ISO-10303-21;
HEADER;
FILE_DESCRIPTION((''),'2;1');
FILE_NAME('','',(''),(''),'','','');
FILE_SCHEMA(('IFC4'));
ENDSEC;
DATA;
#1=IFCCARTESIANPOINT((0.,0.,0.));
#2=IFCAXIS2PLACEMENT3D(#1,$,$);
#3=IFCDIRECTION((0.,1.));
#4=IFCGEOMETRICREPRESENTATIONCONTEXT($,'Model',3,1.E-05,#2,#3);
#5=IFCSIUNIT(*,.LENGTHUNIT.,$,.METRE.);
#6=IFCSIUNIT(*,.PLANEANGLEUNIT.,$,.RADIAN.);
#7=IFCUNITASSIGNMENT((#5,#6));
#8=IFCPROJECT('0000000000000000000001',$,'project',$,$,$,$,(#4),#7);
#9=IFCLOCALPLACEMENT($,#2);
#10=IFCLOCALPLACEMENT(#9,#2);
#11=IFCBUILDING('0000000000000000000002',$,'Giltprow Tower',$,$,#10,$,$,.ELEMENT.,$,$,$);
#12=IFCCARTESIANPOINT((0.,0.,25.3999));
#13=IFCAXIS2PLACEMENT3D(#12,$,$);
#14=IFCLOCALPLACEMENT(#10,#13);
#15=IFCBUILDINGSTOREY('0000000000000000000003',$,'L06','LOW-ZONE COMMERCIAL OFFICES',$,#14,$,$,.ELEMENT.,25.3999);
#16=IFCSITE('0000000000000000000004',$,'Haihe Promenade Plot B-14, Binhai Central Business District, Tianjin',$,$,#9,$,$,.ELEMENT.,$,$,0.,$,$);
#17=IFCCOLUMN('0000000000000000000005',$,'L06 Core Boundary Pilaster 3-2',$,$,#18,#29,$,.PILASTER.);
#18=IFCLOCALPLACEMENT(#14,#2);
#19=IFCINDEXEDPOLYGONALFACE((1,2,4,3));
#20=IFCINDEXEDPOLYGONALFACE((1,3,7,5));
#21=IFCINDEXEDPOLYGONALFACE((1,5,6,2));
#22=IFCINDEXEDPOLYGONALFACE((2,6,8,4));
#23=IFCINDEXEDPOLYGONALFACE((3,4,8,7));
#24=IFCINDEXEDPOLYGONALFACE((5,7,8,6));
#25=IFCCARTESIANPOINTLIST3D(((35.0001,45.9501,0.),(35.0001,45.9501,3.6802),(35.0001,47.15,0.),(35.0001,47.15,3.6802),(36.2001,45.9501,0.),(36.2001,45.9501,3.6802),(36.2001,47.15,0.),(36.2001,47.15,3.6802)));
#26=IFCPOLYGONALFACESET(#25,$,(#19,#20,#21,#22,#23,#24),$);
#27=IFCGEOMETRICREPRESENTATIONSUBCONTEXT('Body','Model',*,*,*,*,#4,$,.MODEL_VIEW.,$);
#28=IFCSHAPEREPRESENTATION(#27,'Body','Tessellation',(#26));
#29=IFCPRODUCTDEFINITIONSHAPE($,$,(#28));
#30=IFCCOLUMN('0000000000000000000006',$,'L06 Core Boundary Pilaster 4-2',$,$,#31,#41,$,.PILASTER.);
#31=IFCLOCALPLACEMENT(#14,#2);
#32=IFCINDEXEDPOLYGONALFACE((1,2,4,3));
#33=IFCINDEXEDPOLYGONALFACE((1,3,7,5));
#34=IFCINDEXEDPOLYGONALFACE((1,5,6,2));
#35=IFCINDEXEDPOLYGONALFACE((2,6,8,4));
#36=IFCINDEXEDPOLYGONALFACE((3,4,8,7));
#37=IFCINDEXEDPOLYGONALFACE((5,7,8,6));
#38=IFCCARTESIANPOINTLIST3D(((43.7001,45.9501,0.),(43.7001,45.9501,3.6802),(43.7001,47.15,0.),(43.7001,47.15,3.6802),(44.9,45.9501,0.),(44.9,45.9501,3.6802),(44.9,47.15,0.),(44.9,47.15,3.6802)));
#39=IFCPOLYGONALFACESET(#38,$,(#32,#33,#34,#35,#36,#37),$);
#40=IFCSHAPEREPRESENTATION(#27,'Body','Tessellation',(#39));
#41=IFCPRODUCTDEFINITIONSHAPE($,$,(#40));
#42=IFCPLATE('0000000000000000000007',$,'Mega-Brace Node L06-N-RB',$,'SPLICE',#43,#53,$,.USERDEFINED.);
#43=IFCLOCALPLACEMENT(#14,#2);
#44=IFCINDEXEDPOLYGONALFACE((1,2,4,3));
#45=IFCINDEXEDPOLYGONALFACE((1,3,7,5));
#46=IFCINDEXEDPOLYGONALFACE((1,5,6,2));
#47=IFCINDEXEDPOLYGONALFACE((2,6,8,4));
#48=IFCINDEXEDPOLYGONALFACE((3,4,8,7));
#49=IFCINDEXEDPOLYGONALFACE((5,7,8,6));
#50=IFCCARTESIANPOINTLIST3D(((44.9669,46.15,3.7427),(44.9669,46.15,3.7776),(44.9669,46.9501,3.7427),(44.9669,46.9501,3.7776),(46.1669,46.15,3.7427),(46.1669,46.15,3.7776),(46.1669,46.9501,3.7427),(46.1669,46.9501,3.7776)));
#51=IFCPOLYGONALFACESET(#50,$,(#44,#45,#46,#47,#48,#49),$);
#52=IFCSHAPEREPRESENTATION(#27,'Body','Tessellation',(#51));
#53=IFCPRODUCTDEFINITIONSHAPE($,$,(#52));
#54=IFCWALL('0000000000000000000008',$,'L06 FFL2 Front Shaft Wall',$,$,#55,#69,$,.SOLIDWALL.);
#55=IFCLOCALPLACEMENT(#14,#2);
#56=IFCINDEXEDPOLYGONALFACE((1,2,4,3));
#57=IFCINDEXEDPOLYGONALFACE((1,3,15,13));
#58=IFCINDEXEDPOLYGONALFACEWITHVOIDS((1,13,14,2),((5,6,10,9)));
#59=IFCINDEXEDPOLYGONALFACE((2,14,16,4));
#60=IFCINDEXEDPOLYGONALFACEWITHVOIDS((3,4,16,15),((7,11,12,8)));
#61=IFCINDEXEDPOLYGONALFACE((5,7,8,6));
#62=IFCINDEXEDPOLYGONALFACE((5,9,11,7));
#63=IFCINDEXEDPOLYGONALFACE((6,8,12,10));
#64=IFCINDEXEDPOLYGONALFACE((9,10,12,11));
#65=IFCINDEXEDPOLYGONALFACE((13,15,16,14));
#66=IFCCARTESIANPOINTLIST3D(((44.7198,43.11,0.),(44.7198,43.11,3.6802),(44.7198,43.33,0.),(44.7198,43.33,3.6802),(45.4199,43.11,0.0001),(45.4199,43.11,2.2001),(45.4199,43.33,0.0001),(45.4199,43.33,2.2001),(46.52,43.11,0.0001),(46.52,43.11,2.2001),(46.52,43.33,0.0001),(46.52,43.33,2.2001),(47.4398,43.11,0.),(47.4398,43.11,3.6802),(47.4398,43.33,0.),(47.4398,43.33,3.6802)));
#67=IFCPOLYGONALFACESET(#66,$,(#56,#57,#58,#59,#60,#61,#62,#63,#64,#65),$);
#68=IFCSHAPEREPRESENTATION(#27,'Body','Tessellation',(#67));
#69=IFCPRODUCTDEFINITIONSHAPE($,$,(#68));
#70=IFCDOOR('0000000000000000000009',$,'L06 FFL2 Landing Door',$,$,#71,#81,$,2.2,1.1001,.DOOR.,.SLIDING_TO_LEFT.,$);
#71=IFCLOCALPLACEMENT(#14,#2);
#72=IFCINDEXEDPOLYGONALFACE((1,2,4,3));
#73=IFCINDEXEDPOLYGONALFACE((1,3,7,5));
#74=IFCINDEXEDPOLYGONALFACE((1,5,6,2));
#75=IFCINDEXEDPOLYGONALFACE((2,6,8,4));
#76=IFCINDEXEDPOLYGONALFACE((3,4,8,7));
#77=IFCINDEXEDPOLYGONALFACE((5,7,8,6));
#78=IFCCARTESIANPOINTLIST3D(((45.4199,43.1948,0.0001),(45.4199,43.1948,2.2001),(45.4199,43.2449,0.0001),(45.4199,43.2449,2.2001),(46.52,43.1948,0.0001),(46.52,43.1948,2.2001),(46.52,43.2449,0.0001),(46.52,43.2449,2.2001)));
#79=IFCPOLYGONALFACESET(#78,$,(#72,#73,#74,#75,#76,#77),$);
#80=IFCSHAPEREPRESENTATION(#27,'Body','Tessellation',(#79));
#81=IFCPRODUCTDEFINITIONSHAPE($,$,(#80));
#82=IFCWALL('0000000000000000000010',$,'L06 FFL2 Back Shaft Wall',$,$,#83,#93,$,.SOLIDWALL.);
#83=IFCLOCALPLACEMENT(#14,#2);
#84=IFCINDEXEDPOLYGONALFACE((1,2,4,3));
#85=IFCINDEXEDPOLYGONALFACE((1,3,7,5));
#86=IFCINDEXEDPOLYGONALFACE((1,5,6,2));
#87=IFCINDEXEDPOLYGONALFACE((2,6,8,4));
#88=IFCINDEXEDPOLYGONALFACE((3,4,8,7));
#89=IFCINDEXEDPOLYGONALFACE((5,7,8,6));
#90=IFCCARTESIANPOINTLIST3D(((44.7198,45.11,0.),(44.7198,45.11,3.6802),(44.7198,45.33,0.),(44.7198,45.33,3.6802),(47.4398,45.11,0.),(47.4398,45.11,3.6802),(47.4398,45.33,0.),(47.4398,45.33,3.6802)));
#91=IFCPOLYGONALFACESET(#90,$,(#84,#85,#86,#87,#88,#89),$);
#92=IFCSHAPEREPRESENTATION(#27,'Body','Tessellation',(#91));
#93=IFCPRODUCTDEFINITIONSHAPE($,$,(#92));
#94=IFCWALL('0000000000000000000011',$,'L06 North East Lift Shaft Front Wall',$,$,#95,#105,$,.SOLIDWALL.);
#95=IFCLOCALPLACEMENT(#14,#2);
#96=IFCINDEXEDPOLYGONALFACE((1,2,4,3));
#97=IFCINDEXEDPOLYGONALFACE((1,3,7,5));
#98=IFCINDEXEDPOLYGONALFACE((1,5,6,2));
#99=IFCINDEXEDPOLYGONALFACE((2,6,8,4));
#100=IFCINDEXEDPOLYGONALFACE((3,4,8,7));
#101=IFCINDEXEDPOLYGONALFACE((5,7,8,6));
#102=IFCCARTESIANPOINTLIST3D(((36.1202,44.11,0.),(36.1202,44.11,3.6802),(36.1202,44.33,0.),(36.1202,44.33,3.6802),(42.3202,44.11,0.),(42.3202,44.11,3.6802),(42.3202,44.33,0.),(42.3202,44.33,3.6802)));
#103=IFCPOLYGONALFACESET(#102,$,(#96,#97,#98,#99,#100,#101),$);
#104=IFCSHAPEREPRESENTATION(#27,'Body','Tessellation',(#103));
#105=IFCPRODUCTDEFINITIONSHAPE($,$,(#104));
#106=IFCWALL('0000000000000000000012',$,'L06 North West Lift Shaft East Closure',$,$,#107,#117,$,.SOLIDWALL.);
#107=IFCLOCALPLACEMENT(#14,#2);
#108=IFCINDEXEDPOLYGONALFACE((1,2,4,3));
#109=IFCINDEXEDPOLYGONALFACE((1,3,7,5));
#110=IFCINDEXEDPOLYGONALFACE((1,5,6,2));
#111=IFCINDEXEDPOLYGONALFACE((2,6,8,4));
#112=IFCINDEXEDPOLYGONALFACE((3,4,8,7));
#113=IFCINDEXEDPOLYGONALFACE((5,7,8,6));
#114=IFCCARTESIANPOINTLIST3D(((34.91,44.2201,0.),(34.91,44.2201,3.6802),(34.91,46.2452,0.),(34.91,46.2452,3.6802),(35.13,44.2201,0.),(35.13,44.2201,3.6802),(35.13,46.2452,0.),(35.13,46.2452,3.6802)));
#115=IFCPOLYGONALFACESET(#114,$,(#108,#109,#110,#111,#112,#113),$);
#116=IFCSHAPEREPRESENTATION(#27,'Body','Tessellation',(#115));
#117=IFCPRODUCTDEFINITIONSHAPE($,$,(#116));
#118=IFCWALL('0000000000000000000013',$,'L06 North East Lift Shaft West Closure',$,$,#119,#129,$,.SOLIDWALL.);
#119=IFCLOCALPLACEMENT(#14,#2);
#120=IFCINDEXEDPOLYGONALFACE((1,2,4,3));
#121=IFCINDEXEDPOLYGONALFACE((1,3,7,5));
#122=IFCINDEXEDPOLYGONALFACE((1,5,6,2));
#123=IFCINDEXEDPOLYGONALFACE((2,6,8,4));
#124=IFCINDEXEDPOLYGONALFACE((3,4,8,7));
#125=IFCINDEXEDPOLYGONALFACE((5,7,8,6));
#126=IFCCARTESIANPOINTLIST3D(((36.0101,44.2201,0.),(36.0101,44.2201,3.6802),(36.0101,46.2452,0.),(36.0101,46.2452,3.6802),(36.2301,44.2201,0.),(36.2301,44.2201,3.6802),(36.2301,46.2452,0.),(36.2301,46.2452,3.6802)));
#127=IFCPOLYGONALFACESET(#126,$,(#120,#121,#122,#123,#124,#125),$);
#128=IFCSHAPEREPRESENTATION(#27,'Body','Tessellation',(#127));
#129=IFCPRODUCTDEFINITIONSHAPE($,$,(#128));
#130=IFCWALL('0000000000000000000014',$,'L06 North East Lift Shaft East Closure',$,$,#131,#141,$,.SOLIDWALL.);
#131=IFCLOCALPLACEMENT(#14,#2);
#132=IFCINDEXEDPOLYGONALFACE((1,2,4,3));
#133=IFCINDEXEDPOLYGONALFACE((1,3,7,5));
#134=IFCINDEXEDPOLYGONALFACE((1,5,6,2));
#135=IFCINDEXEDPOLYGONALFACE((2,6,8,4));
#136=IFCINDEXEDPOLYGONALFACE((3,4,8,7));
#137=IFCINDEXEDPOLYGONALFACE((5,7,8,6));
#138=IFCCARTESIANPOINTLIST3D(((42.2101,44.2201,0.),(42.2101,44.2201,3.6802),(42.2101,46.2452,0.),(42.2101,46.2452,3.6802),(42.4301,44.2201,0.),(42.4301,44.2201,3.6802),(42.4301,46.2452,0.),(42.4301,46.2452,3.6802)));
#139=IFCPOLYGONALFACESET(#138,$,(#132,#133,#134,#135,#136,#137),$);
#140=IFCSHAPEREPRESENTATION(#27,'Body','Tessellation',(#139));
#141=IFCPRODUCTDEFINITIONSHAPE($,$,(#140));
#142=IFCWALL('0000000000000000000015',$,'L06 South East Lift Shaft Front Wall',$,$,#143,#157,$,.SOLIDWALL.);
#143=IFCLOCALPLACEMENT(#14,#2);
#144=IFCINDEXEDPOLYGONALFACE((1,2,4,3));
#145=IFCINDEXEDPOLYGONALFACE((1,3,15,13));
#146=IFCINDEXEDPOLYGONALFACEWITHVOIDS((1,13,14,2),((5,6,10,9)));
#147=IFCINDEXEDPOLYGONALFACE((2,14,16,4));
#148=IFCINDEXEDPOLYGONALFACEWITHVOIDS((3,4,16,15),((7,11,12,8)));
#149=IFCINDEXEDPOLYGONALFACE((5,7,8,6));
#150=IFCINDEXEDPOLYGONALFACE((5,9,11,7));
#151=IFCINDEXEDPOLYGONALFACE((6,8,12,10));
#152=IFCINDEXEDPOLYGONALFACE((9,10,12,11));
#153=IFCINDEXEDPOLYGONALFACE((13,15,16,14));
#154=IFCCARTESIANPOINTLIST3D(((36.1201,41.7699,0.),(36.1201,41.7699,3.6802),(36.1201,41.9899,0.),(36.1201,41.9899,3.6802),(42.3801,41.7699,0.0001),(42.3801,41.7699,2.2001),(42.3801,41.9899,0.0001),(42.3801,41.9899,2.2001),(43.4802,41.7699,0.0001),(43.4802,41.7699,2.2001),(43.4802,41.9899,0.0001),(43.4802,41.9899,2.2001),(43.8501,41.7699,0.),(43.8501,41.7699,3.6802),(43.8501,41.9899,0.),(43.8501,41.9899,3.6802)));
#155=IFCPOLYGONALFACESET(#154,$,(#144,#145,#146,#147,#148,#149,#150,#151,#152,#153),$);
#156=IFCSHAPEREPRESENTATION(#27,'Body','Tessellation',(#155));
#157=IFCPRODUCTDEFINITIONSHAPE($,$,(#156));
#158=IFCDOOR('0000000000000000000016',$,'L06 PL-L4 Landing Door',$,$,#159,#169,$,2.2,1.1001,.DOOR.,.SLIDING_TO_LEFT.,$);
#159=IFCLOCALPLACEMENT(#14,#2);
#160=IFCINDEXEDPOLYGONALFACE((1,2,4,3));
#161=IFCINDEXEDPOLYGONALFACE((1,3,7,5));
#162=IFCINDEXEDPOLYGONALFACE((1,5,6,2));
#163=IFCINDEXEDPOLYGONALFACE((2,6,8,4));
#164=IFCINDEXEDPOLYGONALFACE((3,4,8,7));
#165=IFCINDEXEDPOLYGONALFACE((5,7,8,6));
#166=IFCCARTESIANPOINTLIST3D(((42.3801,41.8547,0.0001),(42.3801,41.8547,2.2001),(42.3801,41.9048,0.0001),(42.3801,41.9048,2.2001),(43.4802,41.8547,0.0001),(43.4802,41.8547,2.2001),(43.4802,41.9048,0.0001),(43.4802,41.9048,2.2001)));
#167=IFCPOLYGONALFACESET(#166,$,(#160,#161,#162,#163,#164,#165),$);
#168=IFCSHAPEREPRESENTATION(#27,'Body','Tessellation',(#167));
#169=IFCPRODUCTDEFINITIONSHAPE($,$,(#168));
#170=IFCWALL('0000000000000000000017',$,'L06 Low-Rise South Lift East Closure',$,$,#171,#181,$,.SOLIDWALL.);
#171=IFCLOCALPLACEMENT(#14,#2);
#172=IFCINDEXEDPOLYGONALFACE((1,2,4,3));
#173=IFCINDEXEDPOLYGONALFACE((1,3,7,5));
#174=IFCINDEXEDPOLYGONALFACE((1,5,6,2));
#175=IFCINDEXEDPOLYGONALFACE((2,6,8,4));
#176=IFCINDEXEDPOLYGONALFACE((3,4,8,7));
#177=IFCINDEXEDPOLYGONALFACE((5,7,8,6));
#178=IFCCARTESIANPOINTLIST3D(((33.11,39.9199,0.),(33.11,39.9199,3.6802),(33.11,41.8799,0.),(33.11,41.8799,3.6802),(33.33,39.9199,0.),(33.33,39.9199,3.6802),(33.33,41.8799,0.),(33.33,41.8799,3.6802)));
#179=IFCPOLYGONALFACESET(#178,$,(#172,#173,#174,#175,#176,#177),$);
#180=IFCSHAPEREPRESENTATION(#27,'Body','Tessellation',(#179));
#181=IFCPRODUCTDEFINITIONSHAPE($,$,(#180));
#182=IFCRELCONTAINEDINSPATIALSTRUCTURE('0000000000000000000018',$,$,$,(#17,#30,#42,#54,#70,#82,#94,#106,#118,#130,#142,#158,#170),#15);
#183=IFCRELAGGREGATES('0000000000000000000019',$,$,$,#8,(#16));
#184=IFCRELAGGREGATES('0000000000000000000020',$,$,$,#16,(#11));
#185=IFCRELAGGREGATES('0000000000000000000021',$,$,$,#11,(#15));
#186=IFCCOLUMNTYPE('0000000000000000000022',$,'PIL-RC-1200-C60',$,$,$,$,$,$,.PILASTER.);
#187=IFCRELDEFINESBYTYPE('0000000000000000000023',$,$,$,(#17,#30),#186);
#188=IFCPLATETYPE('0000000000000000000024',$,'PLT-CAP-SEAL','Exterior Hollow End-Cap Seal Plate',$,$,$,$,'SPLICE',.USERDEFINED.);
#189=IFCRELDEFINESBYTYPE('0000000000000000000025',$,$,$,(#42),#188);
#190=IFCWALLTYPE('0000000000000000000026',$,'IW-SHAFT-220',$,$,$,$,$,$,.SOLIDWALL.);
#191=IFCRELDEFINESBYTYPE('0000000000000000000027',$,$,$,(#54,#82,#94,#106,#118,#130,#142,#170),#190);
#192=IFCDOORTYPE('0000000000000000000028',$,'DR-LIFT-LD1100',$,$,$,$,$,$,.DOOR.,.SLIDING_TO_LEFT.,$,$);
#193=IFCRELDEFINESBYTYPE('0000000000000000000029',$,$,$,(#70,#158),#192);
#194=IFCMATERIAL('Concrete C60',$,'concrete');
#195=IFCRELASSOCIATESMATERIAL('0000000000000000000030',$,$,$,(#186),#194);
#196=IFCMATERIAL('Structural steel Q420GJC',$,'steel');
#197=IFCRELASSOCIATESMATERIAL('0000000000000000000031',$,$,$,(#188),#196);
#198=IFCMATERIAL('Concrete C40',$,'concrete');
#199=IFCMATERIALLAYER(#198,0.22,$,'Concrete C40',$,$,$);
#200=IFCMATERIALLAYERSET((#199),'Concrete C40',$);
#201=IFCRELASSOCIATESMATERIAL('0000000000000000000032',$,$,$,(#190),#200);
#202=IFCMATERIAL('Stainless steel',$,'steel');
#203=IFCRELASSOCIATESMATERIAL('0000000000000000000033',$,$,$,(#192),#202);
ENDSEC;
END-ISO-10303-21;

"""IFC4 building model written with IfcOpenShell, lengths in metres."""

from ifc_helpers import new_model, si_unit, direction, frame, frame_2d, origin, origin_2d, place, context, subcontext, project, spatial, rectangle, extrude, source, transform, mapped, material, layer, layer_set, material_profile, profile_set, type_object, element, fill, save


model = new_model("IFC4")

# Units and contexts
model_context = context("Model", 3, precision=1e-05, world=origin(), true_north=direction((0.0, 1.0)))
body_context = subcontext(model_context, "Body", "Model", "MODEL_VIEW")
ifc_project = project(units=[si_unit("LENGTHUNIT", "METRE"), si_unit("PLANEANGLEUNIT", "RADIAN")], contexts=[model_context])

# Site, building, storey
site_placement = place(None, origin())
site = spatial("IfcSite", under=ifc_project, at=site_placement, Name="Haihe Promenade Plot B-14, Binhai Central Business District, Tianjin", CompositionType="ELEMENT", RefElevation=0.0)
building_placement = place(site_placement, origin())
building = spatial("IfcBuilding", under=site, at=building_placement, Name="Giltprow Tower", CompositionType="ELEMENT")
storey_placement = place(building_placement, frame((0.0, 0.0, 25.3999)))
storey = spatial("IfcBuildingStorey", under=building, at=storey_placement, Name="L06", Description="LOW-ZONE COMMERCIAL OFFICES", CompositionType="ELEMENT", Elevation=25.3999)

# Columns
ifc_material_1 = material(Name="Concrete C60", Category="concrete")
ifc_material_profile = material_profile(ifc_material_1, rectangle(XDim=1.2, YDim=1.2, at=origin_2d()), Name="RC 1200x1200")
ifc_profile_set = profile_set([ifc_material_profile], Name="Concrete C60")
column_type = type_object("IfcColumnType", Name="PIL-RC-1200-C60", PredefinedType="PILASTER", material=ifc_profile_set)
shared_shape_1 = source(origin(), body_context, "Body", "SweptSolid", [
    extrude(rectangle(XDim=1.2, YDim=1.2, at=origin_2d()), origin(), (0.0, 0.0, 1.0), 3.6802),
])
for number, where, z_axis, x_axis, name in (
    (1, (35.6001, 46.55, 0.0), (0.0, 0.0, 1.0), (1.0, 0.0, 0.0), "L06 Core Boundary Pilaster 3-2"),
    (2, (44.3, 46.55, 0.0), (0.0, 0.0, 1.0), (1.0, 0.0, 0.0), "L06 Core Boundary Pilaster 4-2"),
):
    element("IfcColumn", number, at=place(storey_placement, frame(where, z_axis=z_axis, x_axis=x_axis)), inside=storey, type_object=column_type, Name=name, PredefinedType="PILASTER", context=body_context, shape_type="MappedRepresentation", body=[
        mapped(shared_shape_1, transform((0.0, 0.0, 0.0), x_axis=(1.0, 0.0, 0.0), y_axis=(0.0, 1.0, 0.0), z_axis=(0.0, 0.0, 1.0), scale=1.0)),
    ])

# Plate
ifc_material_2 = material(Name="Structural steel Q420GJC", Category="steel")
plate_type = type_object("IfcPlateType", Name="PLT-CAP-SEAL", Description="Exterior Hollow End-Cap Seal Plate", ElementType="SPLICE", PredefinedType="USERDEFINED", material=ifc_material_2)
shared_shape_2 = source(origin(), body_context, "Body", "SweptSolid", [
    extrude(rectangle(XDim=1.2, YDim=0.8, at=origin_2d()), origin(), (0.0, 0.0, 1.0), 0.0349),
])
plate_placement = place(storey_placement, frame((45.5669, 46.55, 3.7427), z_axis=(0.0, 0.0, 1.0), x_axis=(1.0, 0.0, 0.0)))
element("IfcPlate", 3, at=plate_placement, inside=storey, type_object=plate_type, Name="Mega-Brace Node L06-N-RB", ObjectType="SPLICE", PredefinedType="USERDEFINED", context=body_context, shape_type="MappedRepresentation", body=[
    mapped(shared_shape_2, transform((0.0, 0.0, 0.0), x_axis=(1.0, 0.0, 0.0), y_axis=(0.0, 1.0, 0.0), z_axis=(0.0, 0.0, 1.0), scale=1.0)),
])

# Wall, opening, door
ifc_material_3 = material(Name="Concrete C40", Category="concrete")
ifc_layer_1 = layer(ifc_material_3, 0.22, Name="Concrete C40")
ifc_layer_set_1 = layer_set([ifc_layer_1], Name="Concrete C40")
wall_type_1 = type_object("IfcWallType", Name="IW-SHAFT-220", PredefinedType="SOLIDWALL", material=ifc_layer_set_1)
wall_1_placement = place(storey_placement, frame((44.72, 43.22, 0.0), z_axis=(0.0, 0.0, 1.0), x_axis=(1.0, 0.0, 0.0)))
wall_1 = element("IfcWall", 4, at=wall_1_placement, inside=storey, type_object=wall_type_1, Name="L06 FFL2 Front Shaft Wall", PredefinedType="SOLIDWALL", context=body_context, shape_type="SweptSolid", body=[
    extrude(rectangle(XDim=2.72, YDim=0.22, at=frame_2d((1.3599, 0.0))), origin(), (0.0, 0.0, 1.0), 3.6802),
])
opening_1_placement = place(wall_1_placement, frame((0.7, 0.0, 0.0)))
opening_1 = element("IfcOpeningElement", 5, at=opening_1_placement, cuts=wall_1, PredefinedType="OPENING", context=body_context, shape_type="SweptSolid", body=[
    extrude(rectangle(XDim=1.1001, YDim=2.2, at=frame_2d((0.55, 1.1001))), frame((0.0, 0.1199, 0.0), z_axis=(0.0, -1.0, 0.0), x_axis=(1.0, 0.0, 0.0)), (0.0, 0.0, 1.0), 0.24),
])
ifc_material_4 = material(Name="Stainless steel", Category="steel")
door_type = type_object("IfcDoorType", Name="DR-LIFT-LD1100", OperationType="SLIDING_TO_LEFT", PredefinedType="DOOR", material=ifc_material_4)
shared_shape_3 = source(origin(), body_context, "Body", "SweptSolid", [
    extrude(rectangle(XDim=1.1001, YDim=2.2, at=frame_2d((0.55, 1.1001))), frame((0.0, 0.0249, 0.0), z_axis=(0.0, -1.0, 0.0), x_axis=(1.0, 0.0, 0.0)), (0.0, 0.0, 1.0), 0.05),
])
door_1_placement = place(opening_1_placement, origin())
door_1 = element("IfcDoor", 6, at=door_1_placement, inside=storey, type_object=door_type, Name="L06 FFL2 Landing Door", OperationType="SLIDING_TO_LEFT", OverallHeight=2.2, OverallWidth=1.1001, PredefinedType="DOOR", context=body_context, shape_type="MappedRepresentation", body=[
    mapped(shared_shape_3, transform((0.0, 0.0, 0.0), x_axis=(1.0, 0.0, 0.0), y_axis=(0.0, 1.0, 0.0), z_axis=(0.0, 0.0, 1.0), scale=1.0)),
])
fill(opening_1, door_1)

# Walls
wall_2_placement = place(storey_placement, frame((44.72, 45.22, 0.0), z_axis=(0.0, 0.0, 1.0), x_axis=(1.0, 0.0, 0.0)))
element("IfcWall", 7, at=wall_2_placement, inside=storey, type_object=wall_type_1, Name="L06 FFL2 Back Shaft Wall", PredefinedType="SOLIDWALL", context=body_context, shape_type="SweptSolid", body=[
    extrude(rectangle(XDim=2.72, YDim=0.22, at=frame_2d((1.3599, 0.0))), origin(), (0.0, 0.0, 1.0), 3.6802),
])
wall_3_placement = place(storey_placement, frame((36.1201, 44.22, 0.0), z_axis=(0.0, 0.0, 1.0), x_axis=(1.0, 0.0, 0.0)))
element("IfcWall", 8, at=wall_3_placement, inside=storey, type_object=wall_type_1, Name="L06 North East Lift Shaft Front Wall", PredefinedType="SOLIDWALL", context=body_context, shape_type="SweptSolid", body=[
    extrude(rectangle(XDim=6.2, YDim=0.22, at=frame_2d((3.1001, 0.0))), origin(), (0.0, 0.0, 1.0), 3.6802),
])
for number, where, z_axis, x_axis, name in (
    (9, (35.02, 44.22, 0.0), (0.0, 0.0, 1.0), (0.0, 1.0, 0.0), "L06 North West Lift Shaft East Closure"),
    (10, (36.1201, 44.22, 0.0), (0.0, 0.0, 1.0), (0.0, 1.0, 0.0), "L06 North East Lift Shaft West Closure"),
    (11, (42.3201, 44.22, 0.0), (0.0, 0.0, 1.0), (0.0, 1.0, 0.0), "L06 North East Lift Shaft East Closure"),
):
    element("IfcWall", number, at=place(storey_placement, frame(where, z_axis=z_axis, x_axis=x_axis)), inside=storey, type_object=wall_type_1, Name=name, PredefinedType="SOLIDWALL", context=body_context, shape_type="SweptSolid", body=[
        extrude(rectangle(XDim=2.0251, YDim=0.22, at=frame_2d((1.0127, 0.0))), origin(), (0.0, 0.0, 1.0), 3.6802),
    ])

# Wall, opening, door
wall_4_placement = place(storey_placement, frame((36.1201, 41.8799, 0.0), z_axis=(0.0, 0.0, 1.0), x_axis=(1.0, 0.0, 0.0)))
wall_4 = element("IfcWall", 12, at=wall_4_placement, inside=storey, type_object=wall_type_1, Name="L06 South East Lift Shaft Front Wall", PredefinedType="SOLIDWALL", context=body_context, shape_type="SweptSolid", body=[
    extrude(rectangle(XDim=7.73, YDim=0.22, at=frame_2d((3.865, 0.0))), origin(), (0.0, 0.0, 1.0), 3.6802),
])
opening_2_placement = place(wall_4_placement, frame((6.26, 0.0, 0.0)))
opening_2 = element("IfcOpeningElement", 13, at=opening_2_placement, cuts=wall_4, PredefinedType="OPENING", context=body_context, shape_type="SweptSolid", body=[
    extrude(rectangle(XDim=1.1001, YDim=2.2, at=frame_2d((0.55, 1.1001))), frame((0.0, 0.1199, 0.0), z_axis=(0.0, -1.0, 0.0), x_axis=(1.0, 0.0, 0.0)), (0.0, 0.0, 1.0), 0.24),
])
door_2_placement = place(opening_2_placement, origin())
door_2 = element("IfcDoor", 14, at=door_2_placement, inside=storey, type_object=door_type, Name="L06 PL-L4 Landing Door", OperationType="SLIDING_TO_LEFT", OverallHeight=2.2, OverallWidth=1.1001, PredefinedType="DOOR", context=body_context, shape_type="MappedRepresentation", body=[
    mapped(shared_shape_3, transform((0.0, 0.0, 0.0), x_axis=(1.0, 0.0, 0.0), y_axis=(0.0, 1.0, 0.0), z_axis=(0.0, 0.0, 1.0), scale=1.0)),
])
fill(opening_2, door_2)

# Wall
wall_5_placement = place(storey_placement, frame((33.22, 39.9199, 0.0), z_axis=(0.0, 0.0, 1.0), x_axis=(0.0, 1.0, 0.0)))
element("IfcWall", 15, at=wall_5_placement, inside=storey, type_object=wall_type_1, Name="L06 Low-Rise South Lift East Closure", PredefinedType="SOLIDWALL", context=body_context, shape_type="SweptSolid", body=[
    extrude(rectangle(XDim=1.96, YDim=0.22, at=frame_2d((0.98, 0.0))), origin(), (0.0, 0.0, 1.0), 3.6802),
])

save(model, "model.ifc")
